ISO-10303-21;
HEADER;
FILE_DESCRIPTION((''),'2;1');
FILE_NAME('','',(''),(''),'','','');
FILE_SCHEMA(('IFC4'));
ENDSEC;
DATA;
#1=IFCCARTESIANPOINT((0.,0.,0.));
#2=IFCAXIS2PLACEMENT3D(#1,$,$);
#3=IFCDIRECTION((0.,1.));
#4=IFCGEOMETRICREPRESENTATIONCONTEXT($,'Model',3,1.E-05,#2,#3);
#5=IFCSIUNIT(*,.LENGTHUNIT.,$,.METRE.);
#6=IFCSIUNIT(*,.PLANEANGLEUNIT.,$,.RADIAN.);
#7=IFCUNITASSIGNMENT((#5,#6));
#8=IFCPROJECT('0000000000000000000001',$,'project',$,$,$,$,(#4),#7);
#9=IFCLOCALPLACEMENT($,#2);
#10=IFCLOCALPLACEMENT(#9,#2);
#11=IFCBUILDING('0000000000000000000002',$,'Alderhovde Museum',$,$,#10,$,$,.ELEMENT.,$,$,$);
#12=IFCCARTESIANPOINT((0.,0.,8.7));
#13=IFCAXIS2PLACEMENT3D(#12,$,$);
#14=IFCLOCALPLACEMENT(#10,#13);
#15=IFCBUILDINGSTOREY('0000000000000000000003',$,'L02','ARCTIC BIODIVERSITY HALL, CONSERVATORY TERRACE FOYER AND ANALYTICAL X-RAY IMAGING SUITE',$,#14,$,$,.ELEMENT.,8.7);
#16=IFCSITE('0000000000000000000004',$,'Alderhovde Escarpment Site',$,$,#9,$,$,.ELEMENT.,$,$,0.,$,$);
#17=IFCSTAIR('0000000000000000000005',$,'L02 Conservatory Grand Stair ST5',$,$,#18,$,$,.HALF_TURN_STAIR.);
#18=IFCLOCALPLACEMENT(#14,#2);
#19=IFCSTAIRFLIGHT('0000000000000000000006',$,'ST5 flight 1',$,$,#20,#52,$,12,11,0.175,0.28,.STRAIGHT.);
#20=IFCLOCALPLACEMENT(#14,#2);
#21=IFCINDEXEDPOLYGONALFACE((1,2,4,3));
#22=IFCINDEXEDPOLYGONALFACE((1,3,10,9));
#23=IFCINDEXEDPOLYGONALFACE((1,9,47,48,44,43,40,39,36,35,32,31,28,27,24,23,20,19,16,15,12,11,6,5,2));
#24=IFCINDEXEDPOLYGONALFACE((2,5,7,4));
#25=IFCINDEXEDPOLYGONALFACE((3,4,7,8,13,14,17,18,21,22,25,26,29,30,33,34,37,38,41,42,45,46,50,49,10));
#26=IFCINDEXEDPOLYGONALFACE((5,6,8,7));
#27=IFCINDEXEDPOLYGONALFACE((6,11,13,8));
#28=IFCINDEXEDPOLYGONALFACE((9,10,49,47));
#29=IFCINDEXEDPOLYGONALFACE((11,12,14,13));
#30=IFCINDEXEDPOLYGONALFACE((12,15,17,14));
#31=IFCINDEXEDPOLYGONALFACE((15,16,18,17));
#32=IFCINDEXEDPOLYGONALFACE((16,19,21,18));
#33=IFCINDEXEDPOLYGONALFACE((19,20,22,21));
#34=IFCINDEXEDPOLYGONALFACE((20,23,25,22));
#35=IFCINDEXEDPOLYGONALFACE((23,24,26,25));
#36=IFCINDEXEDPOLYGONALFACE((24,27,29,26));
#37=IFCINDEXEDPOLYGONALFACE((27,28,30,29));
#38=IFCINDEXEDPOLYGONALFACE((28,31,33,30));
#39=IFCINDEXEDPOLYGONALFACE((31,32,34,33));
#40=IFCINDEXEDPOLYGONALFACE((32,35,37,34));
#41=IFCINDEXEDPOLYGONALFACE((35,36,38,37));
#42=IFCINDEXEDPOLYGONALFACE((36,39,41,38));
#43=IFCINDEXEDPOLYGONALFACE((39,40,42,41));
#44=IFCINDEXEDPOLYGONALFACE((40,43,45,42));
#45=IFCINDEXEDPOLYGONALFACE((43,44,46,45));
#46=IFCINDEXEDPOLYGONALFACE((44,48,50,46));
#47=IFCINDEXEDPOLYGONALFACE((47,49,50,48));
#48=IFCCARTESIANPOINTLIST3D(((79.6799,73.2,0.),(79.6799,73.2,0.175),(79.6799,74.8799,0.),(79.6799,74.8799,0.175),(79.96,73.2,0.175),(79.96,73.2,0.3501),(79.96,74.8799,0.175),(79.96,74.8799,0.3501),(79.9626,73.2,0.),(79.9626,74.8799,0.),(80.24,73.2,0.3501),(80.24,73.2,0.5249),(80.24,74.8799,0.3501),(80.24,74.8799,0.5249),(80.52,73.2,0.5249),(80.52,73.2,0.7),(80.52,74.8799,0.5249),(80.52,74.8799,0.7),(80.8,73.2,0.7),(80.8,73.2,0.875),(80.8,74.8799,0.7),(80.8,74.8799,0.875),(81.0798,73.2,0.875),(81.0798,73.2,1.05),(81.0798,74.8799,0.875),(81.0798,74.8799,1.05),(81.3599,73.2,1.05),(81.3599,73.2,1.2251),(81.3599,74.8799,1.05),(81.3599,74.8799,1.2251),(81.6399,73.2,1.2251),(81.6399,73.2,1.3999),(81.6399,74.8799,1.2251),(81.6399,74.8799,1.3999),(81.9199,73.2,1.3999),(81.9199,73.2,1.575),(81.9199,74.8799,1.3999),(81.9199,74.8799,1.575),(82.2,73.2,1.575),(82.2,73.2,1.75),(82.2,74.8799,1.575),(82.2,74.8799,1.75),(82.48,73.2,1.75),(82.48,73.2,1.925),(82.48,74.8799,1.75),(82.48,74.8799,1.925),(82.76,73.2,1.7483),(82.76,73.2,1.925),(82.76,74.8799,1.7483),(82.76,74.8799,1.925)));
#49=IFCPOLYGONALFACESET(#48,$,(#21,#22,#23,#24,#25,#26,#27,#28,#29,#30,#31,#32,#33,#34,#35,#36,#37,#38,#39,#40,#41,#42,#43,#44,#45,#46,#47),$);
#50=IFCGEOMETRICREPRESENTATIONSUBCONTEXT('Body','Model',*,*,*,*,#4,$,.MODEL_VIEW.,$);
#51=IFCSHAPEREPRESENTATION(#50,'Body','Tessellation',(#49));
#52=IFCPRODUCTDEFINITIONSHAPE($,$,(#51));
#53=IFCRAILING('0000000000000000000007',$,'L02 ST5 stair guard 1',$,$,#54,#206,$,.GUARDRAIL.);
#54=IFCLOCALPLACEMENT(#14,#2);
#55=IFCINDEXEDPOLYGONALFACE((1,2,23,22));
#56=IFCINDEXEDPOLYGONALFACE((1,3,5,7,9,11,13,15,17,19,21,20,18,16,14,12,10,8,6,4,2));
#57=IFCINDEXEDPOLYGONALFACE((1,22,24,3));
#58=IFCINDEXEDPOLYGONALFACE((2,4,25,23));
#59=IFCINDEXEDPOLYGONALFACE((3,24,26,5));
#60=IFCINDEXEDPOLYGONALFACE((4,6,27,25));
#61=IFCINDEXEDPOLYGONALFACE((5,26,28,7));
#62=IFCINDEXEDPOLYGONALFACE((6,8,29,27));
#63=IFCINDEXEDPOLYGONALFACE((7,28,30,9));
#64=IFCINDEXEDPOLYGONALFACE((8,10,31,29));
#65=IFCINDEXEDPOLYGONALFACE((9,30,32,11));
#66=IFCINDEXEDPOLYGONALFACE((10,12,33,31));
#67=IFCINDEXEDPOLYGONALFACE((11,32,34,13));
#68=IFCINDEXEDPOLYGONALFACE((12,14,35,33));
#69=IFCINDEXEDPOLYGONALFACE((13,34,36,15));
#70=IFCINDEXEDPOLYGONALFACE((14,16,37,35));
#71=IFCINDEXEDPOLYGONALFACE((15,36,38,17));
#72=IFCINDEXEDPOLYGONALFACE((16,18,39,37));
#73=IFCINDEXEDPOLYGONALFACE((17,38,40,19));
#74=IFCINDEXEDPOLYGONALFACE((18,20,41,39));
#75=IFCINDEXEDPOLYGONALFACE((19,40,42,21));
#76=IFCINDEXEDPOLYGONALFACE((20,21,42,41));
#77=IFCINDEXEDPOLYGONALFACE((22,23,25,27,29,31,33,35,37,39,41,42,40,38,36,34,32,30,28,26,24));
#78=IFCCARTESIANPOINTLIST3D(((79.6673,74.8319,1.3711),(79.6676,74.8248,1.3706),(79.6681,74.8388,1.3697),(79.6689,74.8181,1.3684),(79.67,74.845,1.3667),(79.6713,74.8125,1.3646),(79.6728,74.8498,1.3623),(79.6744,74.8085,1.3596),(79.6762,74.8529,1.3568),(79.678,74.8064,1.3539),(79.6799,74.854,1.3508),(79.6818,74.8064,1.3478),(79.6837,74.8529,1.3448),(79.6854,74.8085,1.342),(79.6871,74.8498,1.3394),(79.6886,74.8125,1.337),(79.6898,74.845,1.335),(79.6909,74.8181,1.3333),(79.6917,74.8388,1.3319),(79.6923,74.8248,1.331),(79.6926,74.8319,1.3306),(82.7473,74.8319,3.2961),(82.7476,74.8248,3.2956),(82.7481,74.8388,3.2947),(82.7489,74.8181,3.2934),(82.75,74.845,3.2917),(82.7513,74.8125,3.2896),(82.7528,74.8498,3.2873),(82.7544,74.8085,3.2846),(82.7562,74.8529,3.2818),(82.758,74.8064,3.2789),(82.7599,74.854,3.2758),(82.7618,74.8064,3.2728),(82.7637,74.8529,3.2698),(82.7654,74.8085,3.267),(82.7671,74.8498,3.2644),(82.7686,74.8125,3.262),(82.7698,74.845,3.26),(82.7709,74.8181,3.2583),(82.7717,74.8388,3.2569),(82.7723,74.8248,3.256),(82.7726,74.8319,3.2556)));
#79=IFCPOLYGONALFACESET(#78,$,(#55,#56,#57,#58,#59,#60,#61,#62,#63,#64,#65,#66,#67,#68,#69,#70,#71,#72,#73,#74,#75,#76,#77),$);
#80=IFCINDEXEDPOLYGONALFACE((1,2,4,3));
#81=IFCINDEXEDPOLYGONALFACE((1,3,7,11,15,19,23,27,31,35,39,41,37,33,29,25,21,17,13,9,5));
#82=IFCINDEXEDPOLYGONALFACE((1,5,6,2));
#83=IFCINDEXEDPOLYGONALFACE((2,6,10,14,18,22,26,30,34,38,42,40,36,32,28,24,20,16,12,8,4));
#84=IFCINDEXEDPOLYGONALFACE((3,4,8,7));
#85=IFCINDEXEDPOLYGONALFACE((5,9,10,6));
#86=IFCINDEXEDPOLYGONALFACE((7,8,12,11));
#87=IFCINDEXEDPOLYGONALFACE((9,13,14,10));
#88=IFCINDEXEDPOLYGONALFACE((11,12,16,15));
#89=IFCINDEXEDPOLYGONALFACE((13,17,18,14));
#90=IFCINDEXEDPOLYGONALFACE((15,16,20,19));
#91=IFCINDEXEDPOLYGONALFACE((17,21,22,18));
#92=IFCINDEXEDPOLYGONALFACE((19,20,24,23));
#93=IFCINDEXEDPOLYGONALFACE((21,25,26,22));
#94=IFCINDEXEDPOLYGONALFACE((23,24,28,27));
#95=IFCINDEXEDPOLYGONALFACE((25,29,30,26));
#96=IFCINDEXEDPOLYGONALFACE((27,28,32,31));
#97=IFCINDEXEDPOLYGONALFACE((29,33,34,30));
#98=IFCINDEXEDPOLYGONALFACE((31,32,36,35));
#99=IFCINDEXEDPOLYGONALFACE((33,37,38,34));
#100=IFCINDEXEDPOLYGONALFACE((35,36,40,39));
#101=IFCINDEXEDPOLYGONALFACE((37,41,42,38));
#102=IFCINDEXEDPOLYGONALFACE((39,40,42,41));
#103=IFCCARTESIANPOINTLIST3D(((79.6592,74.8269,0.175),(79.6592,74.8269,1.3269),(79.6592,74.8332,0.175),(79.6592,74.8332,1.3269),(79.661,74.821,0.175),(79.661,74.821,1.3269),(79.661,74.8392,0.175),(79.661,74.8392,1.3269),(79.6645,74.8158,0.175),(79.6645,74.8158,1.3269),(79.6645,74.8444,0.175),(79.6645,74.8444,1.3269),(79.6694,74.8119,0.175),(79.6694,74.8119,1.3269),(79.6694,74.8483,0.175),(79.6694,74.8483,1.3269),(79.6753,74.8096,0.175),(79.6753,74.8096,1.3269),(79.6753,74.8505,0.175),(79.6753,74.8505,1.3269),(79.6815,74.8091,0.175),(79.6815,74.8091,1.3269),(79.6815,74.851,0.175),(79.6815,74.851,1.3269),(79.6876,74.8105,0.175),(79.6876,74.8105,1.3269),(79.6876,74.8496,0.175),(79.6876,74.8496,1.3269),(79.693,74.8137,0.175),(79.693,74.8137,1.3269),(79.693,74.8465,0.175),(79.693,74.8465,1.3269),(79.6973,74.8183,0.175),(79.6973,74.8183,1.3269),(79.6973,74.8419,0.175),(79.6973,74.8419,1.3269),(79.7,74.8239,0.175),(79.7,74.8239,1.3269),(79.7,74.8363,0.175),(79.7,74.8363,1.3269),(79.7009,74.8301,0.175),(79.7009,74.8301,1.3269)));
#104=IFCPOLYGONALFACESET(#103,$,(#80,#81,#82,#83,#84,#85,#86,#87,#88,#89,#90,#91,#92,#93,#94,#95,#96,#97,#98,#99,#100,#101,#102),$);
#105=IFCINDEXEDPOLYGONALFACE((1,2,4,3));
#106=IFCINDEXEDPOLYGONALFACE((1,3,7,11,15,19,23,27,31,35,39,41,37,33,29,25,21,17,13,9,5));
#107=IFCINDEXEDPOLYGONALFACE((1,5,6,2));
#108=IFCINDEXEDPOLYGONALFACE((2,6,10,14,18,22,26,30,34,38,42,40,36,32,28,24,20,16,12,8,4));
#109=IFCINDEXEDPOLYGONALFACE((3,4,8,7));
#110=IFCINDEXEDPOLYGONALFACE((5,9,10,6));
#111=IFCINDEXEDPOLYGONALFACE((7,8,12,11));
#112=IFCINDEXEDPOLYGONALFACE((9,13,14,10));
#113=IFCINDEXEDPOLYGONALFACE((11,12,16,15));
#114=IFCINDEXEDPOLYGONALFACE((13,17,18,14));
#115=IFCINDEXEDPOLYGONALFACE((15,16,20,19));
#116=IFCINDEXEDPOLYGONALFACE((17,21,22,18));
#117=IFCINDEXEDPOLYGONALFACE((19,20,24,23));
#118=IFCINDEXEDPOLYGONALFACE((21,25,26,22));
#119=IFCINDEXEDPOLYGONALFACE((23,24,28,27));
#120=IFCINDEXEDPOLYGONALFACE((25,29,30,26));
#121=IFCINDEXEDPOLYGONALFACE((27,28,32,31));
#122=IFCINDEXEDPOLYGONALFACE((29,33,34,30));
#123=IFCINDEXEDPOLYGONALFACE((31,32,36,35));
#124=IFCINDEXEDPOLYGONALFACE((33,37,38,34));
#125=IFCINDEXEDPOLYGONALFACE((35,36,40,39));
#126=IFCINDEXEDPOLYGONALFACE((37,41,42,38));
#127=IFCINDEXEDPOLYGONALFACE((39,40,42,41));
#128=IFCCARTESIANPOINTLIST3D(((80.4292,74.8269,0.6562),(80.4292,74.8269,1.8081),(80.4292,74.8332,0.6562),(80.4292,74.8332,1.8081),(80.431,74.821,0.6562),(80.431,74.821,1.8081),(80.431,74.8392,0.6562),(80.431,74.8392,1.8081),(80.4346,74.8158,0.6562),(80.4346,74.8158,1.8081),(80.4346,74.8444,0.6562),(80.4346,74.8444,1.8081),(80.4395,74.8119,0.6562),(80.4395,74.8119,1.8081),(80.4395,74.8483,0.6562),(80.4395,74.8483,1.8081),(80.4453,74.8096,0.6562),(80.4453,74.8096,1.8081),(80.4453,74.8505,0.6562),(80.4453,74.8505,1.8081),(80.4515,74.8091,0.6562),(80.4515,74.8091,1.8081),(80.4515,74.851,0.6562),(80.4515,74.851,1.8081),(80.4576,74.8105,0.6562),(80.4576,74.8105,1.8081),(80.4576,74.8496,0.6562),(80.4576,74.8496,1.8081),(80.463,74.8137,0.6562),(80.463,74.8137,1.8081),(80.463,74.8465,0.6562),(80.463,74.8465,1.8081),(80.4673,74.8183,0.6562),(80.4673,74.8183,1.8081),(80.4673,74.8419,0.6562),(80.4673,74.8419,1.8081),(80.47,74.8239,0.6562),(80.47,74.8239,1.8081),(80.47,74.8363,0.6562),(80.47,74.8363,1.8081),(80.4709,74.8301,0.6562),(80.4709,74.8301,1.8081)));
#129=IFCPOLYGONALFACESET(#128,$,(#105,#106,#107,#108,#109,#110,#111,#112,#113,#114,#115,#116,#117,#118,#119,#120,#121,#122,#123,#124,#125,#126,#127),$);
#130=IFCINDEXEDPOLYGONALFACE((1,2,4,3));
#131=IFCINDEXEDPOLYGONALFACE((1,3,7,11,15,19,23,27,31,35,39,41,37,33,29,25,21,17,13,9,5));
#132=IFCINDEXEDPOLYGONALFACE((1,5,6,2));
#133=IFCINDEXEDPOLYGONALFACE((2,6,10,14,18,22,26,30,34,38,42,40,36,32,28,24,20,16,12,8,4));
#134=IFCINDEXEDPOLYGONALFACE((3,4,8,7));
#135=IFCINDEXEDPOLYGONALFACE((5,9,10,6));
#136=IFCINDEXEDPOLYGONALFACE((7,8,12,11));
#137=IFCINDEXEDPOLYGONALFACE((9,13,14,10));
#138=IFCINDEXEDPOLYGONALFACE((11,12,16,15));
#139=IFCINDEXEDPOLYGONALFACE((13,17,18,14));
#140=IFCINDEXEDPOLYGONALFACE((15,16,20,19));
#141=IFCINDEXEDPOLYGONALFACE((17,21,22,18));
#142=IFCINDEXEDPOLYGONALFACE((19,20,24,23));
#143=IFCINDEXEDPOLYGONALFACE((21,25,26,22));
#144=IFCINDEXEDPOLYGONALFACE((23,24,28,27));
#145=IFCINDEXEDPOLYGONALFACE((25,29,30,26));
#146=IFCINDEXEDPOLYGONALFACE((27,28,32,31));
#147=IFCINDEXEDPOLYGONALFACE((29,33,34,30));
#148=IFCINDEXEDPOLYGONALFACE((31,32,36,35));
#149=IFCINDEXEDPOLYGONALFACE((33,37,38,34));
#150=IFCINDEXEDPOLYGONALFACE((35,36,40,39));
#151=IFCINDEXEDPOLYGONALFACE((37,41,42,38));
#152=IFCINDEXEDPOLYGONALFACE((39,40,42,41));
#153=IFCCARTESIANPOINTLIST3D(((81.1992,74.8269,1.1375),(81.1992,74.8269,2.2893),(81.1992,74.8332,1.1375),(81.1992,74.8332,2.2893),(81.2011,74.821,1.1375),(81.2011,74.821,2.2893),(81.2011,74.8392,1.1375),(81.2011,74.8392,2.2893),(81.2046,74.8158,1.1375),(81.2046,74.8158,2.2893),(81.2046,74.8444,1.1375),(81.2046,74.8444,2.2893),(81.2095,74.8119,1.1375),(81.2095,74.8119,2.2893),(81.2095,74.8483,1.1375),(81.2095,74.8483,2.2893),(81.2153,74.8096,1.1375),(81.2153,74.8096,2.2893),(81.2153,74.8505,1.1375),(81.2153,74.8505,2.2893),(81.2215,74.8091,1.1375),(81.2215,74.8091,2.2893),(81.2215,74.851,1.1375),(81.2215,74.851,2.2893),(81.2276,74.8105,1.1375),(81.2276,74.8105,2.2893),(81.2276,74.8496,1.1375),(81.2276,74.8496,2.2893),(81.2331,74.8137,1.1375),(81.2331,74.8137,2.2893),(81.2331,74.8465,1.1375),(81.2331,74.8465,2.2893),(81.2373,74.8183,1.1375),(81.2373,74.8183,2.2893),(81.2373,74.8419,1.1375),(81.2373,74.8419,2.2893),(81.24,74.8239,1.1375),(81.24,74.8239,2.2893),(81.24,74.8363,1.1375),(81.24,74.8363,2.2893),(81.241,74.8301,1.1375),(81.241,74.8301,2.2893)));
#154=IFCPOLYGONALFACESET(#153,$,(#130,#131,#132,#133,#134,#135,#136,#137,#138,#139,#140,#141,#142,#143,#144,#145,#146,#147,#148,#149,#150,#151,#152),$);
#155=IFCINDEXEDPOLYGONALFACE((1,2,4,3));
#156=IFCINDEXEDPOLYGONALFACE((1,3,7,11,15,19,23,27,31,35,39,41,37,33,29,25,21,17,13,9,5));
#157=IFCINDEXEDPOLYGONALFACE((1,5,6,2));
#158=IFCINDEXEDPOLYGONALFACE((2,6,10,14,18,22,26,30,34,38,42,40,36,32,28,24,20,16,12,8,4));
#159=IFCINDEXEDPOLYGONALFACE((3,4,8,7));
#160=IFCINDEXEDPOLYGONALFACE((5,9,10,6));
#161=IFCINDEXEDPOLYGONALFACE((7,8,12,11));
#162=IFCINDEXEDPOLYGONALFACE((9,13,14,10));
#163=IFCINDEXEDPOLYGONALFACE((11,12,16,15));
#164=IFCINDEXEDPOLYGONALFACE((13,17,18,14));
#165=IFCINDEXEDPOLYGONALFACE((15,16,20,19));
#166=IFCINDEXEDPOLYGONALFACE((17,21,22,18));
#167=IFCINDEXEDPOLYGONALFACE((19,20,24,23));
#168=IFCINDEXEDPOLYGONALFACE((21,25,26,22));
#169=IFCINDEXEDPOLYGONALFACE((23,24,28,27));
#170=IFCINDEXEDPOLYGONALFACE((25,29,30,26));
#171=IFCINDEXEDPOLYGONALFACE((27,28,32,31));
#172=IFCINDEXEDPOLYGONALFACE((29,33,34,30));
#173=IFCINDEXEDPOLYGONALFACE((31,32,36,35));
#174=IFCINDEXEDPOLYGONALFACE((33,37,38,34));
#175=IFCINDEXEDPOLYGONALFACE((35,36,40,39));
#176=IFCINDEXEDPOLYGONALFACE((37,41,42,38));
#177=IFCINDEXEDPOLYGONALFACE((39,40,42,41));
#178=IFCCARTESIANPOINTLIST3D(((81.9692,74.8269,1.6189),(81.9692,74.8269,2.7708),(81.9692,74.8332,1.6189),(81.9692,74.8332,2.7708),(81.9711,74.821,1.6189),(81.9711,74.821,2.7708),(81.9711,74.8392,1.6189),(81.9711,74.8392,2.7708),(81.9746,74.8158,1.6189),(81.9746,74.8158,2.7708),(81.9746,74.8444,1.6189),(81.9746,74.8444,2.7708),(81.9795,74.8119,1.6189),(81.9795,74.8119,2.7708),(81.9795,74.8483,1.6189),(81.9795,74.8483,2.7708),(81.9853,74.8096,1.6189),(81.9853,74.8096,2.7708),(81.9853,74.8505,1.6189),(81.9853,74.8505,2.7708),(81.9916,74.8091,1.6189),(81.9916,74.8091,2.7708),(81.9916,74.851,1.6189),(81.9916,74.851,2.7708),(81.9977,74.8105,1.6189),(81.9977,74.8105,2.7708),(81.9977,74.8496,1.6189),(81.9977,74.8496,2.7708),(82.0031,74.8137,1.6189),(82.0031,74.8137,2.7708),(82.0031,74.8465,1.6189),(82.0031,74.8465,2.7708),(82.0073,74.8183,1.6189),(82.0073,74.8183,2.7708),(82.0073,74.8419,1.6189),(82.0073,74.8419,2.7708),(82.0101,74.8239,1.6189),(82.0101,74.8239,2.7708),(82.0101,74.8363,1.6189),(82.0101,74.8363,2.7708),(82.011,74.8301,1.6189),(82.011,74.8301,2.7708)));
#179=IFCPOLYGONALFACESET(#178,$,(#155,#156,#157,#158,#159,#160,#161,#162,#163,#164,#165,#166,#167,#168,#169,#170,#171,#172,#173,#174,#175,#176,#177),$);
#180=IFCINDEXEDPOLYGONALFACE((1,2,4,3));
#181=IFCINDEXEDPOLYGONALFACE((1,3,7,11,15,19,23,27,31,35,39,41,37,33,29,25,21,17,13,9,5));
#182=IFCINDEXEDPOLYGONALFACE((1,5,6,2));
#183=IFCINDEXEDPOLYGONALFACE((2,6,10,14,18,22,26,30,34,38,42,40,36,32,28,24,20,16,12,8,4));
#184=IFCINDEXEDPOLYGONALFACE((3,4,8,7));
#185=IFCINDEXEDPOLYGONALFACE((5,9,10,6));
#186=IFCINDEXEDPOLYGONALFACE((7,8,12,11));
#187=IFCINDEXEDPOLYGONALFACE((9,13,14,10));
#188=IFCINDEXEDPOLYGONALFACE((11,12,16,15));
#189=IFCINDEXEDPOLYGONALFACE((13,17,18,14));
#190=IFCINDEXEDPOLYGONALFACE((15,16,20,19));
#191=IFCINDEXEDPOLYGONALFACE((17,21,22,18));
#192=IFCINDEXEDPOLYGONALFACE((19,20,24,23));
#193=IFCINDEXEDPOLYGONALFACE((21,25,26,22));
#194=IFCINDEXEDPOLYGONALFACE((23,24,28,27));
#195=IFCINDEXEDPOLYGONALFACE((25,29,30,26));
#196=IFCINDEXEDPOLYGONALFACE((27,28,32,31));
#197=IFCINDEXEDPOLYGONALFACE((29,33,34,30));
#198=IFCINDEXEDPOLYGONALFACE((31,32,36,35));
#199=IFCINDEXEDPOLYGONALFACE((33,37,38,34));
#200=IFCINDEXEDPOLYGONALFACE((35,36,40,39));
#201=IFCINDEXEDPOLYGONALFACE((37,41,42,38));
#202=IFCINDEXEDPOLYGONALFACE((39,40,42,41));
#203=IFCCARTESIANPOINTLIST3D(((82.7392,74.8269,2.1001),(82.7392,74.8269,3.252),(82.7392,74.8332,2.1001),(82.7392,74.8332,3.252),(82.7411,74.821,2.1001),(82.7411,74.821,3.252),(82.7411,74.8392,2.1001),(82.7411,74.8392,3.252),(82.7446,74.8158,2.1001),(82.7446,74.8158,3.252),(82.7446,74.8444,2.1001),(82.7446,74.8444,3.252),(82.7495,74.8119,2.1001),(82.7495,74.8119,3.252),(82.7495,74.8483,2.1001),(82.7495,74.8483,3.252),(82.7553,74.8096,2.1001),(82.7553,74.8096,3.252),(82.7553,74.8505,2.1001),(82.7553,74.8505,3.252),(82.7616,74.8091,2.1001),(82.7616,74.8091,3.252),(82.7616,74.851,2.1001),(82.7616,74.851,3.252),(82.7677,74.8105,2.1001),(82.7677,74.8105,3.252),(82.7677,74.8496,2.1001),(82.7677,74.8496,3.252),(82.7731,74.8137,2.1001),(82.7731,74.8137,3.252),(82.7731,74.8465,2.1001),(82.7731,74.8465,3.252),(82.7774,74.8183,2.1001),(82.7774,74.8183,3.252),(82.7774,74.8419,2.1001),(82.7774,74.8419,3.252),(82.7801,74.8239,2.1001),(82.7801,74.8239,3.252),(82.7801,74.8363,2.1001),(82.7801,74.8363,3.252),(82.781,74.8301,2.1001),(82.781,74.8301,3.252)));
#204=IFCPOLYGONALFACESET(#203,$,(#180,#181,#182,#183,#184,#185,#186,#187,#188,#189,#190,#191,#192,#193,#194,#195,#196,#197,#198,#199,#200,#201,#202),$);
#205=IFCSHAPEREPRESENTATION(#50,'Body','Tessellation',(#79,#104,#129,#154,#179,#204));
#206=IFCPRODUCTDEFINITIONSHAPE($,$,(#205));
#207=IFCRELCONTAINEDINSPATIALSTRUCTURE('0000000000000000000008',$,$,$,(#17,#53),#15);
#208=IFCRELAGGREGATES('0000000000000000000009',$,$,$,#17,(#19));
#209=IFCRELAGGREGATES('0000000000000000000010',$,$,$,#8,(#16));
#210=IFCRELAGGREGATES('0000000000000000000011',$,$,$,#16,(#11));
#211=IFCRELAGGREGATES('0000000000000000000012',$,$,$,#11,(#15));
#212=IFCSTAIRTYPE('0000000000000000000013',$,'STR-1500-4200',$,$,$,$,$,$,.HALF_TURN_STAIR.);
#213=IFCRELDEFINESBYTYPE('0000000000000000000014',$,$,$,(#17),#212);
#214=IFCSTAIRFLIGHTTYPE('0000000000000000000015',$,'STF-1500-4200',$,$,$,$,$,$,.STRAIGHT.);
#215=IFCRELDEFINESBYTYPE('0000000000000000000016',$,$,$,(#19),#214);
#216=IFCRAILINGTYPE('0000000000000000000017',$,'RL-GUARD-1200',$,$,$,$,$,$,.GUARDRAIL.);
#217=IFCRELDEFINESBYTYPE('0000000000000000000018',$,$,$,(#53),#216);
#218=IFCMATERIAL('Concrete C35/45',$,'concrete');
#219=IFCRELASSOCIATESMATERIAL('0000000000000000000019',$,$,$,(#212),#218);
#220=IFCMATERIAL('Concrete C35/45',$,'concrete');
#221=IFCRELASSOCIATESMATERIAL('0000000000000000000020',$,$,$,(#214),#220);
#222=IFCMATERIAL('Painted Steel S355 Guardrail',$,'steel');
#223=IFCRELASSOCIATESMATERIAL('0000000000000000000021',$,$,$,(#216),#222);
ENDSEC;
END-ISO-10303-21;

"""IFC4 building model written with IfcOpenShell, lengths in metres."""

from ifc_helpers import new_model, si_unit, direction, frame, origin, origin_2d, place, context, subcontext, project, spatial, polyline, circle, outline, extrude, material, type_object, element, aggregate, save


model = new_model("IFC4")

# Units and contexts
model_context = context("Model", 3, precision=1e-05, world=origin(), true_north=direction((0.0, 1.0)))
body_context = subcontext(model_context, "Body", "Model", "MODEL_VIEW")
ifc_project = project(units=[si_unit("LENGTHUNIT", "METRE"), si_unit("PLANEANGLEUNIT", "RADIAN")], contexts=[model_context])

# Site, building, storey
site_placement = place(None, origin())
site = spatial("IfcSite", under=ifc_project, at=site_placement, Name="Alderhovde Escarpment Site", CompositionType="ELEMENT", RefElevation=0.0)
building_placement = place(site_placement, origin())
building = spatial("IfcBuilding", under=site, at=building_placement, Name="Alderhovde Museum", CompositionType="ELEMENT")
storey_placement = place(building_placement, frame((0.0, 0.0, 8.7)))
storey = spatial("IfcBuildingStorey", under=building, at=storey_placement, Name="L02", Description="ARCTIC BIODIVERSITY HALL, CONSERVATORY TERRACE FOYER AND ANALYTICAL X-RAY IMAGING SUITE", CompositionType="ELEMENT", Elevation=8.7)

# Stair, stair flight
ifc_material_1 = material(Name="Concrete C35/45", Category="concrete")
stair_type = type_object("IfcStairType", Name="STR-1500-4200", PredefinedType="HALF_TURN_STAIR", material=ifc_material_1)
stair_placement = place(storey_placement, origin())
stair = element("IfcStair", 1, at=stair_placement, inside=storey, type_object=stair_type, Name="L02 Conservatory Grand Stair ST5", PredefinedType="HALF_TURN_STAIR")
ifc_material_2 = material(Name="Concrete C35/45", Category="concrete")
stair_flight_type = type_object("IfcStairFlightType", Name="STF-1500-4200", PredefinedType="STRAIGHT", material=ifc_material_2)
stair_flight_placement = place(storey_placement, frame((79.6799, 74.04, 0.0), z_axis=(0.0, 0.0, 1.0), x_axis=(1.0, 0.0, 0.0)))
stair_flight = element("IfcStairFlight", 2, at=stair_flight_placement, type_object=stair_flight_type, Name="ST5 flight 1", NumberOfRisers=12, NumberOfTreads=11, PredefinedType="STRAIGHT", RiserHeight=0.175, TreadLength=0.28, context=body_context, shape_type="SweptSolid", body=[
    extrude(outline(polyline([(0.0, 0.0), (0.0, 0.175), (0.28, 0.175), (0.28, 0.3501), (0.5601, 0.3501), (0.5601, 0.5249), (0.8401, 0.5249), (0.8401, 0.7), (1.1201, 0.7), (1.1201, 0.875), (1.3999, 0.875), (1.3999, 1.05), (1.6799, 1.05), (1.6799, 1.2251), (1.96, 1.2251), (1.96, 1.3999), (2.24, 1.3999), (2.24, 1.575), (2.52, 1.575), (2.52, 1.75), (2.8, 1.75), (2.8, 1.925), (3.0801, 1.925), (3.0801, 2.1001), (3.0801, 1.7483), (0.2827, 0.0), (0.0, 0.0)])), frame((0.0, 0.8398, 0.0), z_axis=(0.0, -1.0, 0.0), x_axis=(1.0, 0.0, 0.0)), (0.0, 0.0, 1.0), 1.6799),
])
aggregate(stair, [stair_flight])

# Railing
ifc_material_3 = material(Name="Painted Steel S355 Guardrail", Category="steel")
railing_type_1 = type_object("IfcRailingType", Name="RL-GUARD-1200", PredefinedType="GUARDRAIL", material=ifc_material_3)
railing_1_placement = place(storey_placement, frame((79.6799, 74.8301, 0.175)))
element("IfcRailing", 3, at=railing_1_placement, inside=storey, type_object=railing_type_1, Name="L02 ST5 stair guard 1", PredefinedType="GUARDRAIL", context=body_context, shape_type="SweptSolid", body=[
    extrude(circle(Radius=0.0239, at=origin_2d()), frame((0.0, 0.0, 1.1758), z_axis=(0.847998, 0.0, 0.529999), x_axis=(0.0, 1.0, 0.0)), (0.0, 0.0, 1.0), 3.6321),
    extrude(circle(Radius=0.021, at=origin_2d()), origin(), (0.0, 0.0, 1.0), 1.1519),
    extrude(circle(Radius=0.021, at=origin_2d()), frame((0.77, 0.0, 0.4812)), (0.0, 0.0, 1.0), 1.1519),
    extrude(circle(Radius=0.021, at=origin_2d()), frame((1.54, 0.0, 0.9624)), (0.0, 0.0, 1.0), 1.1519),
    extrude(circle(Radius=0.021, at=origin_2d()), frame((2.3101, 0.0, 1.4438)), (0.0, 0.0, 1.0), 1.1519),
    extrude(circle(Radius=0.021, at=origin_2d()), frame((3.0801, 0.0, 1.925)), (0.0, 0.0, 1.0), 1.1519),
])

save(model, "model.ifc")
